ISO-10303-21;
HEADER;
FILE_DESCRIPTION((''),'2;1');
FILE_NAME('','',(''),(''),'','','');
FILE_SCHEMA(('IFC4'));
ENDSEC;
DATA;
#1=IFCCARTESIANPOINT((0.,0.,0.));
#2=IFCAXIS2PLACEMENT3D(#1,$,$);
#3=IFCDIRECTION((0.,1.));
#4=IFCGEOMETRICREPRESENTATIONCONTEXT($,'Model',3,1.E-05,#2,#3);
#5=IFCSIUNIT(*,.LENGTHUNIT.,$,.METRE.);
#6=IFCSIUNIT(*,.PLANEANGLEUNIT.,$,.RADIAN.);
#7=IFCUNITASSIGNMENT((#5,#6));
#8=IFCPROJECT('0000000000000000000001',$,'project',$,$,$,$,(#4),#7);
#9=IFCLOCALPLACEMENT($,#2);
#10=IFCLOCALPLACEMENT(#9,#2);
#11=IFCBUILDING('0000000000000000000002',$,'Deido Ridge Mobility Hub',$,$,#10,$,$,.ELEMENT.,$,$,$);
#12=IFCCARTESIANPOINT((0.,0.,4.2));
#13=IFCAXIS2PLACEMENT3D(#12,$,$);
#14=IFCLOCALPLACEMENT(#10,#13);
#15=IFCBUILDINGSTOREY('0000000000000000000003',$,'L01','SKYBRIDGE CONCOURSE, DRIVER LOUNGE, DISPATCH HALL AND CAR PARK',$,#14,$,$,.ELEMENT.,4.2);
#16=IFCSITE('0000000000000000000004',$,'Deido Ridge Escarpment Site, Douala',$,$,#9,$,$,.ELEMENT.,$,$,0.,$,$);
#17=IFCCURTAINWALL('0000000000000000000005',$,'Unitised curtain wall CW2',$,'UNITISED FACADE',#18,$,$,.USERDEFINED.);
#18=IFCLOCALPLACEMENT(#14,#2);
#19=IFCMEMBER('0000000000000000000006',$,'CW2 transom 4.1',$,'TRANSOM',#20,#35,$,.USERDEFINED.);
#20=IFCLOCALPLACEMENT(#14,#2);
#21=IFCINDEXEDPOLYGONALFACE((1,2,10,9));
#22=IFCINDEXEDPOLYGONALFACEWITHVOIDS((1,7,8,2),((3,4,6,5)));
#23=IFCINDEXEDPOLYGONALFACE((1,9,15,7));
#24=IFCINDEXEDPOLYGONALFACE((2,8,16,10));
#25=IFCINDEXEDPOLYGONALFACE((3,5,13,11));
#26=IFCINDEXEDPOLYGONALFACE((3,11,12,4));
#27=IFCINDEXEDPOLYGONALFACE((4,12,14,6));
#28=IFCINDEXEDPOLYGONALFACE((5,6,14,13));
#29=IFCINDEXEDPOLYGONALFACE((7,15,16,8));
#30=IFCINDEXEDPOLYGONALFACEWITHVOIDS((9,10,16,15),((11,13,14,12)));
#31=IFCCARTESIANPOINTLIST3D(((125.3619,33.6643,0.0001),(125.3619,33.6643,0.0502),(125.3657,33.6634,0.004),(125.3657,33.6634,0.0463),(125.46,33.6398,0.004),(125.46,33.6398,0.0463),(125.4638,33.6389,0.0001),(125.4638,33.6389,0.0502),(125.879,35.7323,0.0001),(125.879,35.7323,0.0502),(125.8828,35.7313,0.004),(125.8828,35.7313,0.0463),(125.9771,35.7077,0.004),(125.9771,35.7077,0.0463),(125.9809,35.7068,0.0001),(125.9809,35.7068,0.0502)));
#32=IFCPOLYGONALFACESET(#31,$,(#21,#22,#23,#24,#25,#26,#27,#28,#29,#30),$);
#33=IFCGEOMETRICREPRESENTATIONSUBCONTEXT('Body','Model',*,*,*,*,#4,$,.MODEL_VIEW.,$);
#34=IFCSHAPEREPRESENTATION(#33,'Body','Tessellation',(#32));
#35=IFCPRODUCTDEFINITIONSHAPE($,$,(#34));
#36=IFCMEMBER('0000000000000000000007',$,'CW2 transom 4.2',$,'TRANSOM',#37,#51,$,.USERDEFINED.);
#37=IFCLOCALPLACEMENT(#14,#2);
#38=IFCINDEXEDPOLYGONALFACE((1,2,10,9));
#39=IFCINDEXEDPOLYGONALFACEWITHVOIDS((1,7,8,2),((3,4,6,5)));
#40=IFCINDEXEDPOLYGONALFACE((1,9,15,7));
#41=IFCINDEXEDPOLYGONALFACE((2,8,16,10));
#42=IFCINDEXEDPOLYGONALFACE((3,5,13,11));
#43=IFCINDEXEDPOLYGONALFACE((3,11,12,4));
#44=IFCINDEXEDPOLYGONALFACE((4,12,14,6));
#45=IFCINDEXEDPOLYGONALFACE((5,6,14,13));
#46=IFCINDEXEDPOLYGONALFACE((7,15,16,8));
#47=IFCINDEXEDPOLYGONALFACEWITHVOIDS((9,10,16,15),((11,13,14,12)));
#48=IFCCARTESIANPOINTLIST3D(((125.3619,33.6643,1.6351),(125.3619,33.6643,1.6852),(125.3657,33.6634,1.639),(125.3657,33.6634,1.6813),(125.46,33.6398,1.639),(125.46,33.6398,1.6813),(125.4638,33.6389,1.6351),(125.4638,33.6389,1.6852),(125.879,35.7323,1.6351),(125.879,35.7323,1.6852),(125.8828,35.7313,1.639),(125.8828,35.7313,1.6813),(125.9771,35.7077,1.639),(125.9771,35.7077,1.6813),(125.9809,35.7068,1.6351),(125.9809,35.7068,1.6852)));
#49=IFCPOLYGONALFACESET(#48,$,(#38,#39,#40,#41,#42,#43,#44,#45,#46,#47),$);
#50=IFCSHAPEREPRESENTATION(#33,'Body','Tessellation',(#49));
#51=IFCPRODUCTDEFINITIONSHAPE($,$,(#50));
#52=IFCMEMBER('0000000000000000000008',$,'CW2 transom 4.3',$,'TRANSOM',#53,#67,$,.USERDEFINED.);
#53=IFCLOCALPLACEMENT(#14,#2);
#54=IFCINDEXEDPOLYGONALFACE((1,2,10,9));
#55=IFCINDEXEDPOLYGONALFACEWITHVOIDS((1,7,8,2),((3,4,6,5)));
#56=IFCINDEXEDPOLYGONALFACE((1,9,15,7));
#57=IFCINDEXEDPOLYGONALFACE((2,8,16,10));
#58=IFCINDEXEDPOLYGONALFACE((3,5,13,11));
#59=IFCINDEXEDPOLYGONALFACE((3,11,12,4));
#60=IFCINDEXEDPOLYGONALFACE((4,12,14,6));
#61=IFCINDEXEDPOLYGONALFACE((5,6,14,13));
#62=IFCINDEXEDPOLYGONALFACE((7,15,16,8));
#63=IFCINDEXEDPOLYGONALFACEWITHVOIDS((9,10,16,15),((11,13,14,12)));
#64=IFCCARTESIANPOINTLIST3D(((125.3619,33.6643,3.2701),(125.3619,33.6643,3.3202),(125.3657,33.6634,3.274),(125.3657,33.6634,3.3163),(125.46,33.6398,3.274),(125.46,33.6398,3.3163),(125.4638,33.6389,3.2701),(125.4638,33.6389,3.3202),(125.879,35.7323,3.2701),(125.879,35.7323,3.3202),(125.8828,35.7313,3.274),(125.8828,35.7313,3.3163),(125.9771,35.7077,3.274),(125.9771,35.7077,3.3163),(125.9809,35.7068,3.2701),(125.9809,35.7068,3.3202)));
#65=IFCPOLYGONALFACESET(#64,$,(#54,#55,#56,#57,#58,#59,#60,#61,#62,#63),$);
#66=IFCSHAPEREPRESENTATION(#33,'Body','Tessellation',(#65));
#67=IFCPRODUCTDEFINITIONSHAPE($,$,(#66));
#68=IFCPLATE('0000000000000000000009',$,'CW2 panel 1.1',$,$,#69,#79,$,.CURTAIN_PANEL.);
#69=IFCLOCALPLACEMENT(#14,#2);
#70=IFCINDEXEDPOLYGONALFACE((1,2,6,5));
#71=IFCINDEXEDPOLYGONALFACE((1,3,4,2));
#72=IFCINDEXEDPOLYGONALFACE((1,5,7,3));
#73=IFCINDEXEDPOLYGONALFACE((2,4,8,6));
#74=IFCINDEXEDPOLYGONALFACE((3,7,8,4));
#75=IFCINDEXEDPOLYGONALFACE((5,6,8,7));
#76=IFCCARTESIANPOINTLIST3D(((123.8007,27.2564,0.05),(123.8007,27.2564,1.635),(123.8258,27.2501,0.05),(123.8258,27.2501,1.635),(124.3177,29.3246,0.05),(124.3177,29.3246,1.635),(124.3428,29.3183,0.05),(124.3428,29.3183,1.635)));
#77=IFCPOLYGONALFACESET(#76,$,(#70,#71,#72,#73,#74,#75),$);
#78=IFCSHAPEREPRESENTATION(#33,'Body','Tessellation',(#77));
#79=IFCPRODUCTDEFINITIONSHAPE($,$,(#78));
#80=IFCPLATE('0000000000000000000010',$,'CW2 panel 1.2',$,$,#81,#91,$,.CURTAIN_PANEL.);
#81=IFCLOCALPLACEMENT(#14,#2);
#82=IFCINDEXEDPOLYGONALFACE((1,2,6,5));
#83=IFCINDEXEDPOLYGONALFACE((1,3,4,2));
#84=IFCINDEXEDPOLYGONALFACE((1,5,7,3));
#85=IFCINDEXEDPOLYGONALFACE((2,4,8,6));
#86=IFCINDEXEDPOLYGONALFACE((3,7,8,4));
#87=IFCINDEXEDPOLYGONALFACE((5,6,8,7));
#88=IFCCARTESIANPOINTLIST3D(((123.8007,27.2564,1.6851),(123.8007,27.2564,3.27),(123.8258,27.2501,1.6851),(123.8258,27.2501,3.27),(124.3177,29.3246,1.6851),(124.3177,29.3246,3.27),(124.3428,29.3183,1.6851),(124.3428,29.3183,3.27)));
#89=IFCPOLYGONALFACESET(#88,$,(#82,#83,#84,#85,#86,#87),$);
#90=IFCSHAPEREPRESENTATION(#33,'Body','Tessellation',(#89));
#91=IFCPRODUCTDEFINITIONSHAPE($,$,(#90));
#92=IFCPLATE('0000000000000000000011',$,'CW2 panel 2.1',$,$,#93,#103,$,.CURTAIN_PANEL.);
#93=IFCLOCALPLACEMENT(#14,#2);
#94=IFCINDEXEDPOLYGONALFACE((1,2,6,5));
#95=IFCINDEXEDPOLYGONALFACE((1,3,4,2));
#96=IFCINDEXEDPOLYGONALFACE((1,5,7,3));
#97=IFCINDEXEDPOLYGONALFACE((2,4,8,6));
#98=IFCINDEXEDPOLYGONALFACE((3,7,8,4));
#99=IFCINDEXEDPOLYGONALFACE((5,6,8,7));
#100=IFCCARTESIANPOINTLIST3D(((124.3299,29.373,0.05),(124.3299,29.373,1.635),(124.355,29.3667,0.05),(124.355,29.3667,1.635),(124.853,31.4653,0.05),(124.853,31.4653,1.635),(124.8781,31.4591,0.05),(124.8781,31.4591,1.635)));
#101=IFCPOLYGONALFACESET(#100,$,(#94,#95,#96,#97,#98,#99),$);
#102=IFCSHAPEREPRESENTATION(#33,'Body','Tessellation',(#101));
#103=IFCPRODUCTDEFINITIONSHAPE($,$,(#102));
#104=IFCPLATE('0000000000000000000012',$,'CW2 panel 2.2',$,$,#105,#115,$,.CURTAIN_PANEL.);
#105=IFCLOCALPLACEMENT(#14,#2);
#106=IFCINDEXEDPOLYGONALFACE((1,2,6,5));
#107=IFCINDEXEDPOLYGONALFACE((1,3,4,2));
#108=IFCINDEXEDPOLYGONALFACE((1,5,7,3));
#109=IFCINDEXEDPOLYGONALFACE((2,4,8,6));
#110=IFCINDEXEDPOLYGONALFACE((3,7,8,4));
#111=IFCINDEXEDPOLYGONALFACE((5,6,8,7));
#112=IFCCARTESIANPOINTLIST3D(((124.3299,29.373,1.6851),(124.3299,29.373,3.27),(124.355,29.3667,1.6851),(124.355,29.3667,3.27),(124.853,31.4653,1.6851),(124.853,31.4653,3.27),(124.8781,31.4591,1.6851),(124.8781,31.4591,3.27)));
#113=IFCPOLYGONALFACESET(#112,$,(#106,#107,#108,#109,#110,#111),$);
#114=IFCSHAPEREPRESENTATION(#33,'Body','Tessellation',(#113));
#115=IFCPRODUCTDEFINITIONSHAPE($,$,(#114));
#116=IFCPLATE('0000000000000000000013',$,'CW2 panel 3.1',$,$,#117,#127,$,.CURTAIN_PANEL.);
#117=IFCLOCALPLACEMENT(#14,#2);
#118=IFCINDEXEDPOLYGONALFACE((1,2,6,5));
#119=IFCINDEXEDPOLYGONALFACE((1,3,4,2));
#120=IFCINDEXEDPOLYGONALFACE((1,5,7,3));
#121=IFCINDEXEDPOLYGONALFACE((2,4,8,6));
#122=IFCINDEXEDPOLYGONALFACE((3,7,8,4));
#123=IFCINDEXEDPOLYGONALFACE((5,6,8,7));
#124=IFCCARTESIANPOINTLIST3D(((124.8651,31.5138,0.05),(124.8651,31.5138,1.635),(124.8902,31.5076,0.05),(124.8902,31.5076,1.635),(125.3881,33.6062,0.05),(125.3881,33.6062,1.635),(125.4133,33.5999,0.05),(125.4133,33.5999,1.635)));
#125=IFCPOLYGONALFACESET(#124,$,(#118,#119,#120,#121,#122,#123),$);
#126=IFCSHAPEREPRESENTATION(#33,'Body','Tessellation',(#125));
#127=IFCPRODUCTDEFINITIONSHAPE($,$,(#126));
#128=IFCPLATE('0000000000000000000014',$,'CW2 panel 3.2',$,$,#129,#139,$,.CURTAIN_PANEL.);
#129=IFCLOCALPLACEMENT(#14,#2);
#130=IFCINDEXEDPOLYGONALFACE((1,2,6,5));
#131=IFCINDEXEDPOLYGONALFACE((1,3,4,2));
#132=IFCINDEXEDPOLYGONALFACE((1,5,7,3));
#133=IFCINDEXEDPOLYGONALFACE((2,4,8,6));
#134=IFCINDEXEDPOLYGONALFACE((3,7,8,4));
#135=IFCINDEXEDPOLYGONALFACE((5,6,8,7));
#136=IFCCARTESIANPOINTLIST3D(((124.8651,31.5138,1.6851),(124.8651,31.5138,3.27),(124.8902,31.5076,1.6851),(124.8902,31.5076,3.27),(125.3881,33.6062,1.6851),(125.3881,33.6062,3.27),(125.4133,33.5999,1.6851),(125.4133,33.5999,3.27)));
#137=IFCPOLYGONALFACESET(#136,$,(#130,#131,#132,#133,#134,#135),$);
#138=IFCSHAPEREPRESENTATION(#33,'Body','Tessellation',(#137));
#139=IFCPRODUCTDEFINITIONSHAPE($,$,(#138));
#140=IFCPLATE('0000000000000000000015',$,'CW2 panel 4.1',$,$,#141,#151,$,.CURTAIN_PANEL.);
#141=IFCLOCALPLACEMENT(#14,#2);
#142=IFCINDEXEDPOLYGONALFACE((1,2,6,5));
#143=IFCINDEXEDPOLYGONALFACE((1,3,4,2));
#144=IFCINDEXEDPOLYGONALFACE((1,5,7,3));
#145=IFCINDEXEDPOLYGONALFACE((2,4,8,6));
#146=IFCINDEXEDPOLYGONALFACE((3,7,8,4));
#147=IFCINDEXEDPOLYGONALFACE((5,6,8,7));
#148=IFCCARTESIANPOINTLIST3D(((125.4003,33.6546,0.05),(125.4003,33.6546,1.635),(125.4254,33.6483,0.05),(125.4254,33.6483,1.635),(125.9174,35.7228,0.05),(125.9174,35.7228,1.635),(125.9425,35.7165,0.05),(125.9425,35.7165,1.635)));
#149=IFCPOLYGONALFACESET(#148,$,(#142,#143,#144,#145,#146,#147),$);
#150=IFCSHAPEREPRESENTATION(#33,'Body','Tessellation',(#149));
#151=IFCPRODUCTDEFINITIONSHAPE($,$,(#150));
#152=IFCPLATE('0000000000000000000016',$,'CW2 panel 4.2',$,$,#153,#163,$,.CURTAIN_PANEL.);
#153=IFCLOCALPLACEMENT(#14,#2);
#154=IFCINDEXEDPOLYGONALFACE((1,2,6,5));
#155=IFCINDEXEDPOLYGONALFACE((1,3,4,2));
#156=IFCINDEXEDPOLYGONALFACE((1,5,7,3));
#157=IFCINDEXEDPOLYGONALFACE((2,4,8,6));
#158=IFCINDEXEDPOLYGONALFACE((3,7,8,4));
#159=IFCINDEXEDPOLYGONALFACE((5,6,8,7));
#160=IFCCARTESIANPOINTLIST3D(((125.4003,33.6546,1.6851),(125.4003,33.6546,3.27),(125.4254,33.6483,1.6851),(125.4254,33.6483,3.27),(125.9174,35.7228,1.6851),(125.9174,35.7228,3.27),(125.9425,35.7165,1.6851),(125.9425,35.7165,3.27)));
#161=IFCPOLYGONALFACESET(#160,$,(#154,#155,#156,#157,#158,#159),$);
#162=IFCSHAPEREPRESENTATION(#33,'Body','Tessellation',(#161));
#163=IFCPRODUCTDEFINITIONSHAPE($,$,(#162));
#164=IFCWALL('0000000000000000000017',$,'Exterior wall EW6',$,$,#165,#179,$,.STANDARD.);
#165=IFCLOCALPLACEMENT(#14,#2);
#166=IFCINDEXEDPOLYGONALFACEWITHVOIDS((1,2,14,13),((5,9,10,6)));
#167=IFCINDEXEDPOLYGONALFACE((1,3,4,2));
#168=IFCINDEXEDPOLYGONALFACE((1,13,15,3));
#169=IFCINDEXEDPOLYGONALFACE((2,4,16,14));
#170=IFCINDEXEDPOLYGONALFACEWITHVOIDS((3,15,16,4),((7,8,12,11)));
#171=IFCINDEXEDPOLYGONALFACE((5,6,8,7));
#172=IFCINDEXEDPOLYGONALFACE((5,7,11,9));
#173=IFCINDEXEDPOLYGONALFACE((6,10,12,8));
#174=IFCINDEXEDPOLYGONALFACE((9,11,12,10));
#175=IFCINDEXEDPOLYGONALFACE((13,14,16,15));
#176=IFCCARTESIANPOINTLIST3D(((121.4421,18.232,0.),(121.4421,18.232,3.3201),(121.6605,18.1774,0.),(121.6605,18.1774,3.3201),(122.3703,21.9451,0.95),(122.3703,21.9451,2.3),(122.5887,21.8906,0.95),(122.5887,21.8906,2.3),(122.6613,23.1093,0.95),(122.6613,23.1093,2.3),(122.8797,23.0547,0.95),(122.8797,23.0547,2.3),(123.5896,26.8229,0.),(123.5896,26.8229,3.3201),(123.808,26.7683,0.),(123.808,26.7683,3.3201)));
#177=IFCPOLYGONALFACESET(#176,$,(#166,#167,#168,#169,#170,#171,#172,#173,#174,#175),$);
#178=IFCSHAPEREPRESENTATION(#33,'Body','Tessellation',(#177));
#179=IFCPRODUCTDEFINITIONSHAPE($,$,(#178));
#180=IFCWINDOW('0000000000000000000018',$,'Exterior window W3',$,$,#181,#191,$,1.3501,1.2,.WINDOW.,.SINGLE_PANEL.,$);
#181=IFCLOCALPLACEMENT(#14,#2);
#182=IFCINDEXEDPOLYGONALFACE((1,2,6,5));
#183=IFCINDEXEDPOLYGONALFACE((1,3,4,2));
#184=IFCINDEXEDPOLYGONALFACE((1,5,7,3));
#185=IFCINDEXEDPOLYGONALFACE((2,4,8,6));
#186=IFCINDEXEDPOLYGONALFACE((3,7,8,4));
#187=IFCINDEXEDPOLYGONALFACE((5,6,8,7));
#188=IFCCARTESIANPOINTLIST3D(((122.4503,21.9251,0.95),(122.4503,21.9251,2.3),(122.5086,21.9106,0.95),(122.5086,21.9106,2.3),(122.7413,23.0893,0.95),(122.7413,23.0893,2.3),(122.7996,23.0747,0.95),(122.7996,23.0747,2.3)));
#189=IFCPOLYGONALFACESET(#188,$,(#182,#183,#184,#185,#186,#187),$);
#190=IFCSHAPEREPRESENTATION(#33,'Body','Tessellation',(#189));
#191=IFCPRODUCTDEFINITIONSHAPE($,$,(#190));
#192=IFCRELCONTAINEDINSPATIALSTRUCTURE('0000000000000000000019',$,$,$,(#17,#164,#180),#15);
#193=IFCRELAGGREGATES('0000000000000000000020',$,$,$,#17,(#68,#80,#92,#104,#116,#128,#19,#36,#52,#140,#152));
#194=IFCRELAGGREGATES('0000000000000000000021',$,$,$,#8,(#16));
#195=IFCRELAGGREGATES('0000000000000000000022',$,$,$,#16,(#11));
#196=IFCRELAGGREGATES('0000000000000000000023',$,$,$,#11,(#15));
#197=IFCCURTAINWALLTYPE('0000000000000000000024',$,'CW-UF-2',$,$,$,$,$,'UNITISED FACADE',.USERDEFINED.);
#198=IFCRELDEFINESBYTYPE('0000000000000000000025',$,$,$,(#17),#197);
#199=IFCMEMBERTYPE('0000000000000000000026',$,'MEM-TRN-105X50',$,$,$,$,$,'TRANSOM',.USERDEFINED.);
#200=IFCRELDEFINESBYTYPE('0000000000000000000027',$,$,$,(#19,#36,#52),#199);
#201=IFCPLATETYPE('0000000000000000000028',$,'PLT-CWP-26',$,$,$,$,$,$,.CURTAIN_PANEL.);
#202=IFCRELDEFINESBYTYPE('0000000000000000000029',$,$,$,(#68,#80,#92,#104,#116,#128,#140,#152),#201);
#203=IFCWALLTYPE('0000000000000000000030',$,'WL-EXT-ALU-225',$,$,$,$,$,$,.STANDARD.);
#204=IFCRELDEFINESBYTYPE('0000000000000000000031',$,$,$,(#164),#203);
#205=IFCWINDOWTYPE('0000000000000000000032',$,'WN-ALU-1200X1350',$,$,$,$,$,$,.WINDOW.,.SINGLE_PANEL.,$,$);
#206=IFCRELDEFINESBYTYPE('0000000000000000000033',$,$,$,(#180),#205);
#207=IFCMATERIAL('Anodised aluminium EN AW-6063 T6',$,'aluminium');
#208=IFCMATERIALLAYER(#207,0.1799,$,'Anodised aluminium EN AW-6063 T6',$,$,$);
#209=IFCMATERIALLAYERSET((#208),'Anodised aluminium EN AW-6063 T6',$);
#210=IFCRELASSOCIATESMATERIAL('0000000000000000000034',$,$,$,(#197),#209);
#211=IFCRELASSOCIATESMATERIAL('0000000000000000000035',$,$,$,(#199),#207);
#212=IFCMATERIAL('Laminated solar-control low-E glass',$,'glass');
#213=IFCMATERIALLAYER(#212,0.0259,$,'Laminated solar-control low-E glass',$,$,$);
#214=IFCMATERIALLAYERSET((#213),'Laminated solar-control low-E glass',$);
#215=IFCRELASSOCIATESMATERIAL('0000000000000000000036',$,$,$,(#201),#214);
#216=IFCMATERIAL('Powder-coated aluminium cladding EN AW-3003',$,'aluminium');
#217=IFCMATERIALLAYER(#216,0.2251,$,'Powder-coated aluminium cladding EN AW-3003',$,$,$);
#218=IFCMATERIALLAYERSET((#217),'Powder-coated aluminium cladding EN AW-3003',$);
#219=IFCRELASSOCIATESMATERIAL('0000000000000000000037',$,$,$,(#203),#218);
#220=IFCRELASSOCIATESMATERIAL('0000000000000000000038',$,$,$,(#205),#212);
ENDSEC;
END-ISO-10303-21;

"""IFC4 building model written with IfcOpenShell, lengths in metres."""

from ifc_helpers import new_model, si_unit, direction, frame, frame_2d, origin, origin_2d, place, context, subcontext, project, spatial, rectangle, hollow_rectangle, extrude, material, layer, layer_set, material_profile, profile_set, type_object, element, fill, aggregate, save


model = new_model("IFC4")

# Units and contexts
model_context = context("Model", 3, precision=1e-05, world=origin(), true_north=direction((0.0, 1.0)))
body_context = subcontext(model_context, "Body", "Model", "MODEL_VIEW")
ifc_project = project(units=[si_unit("LENGTHUNIT", "METRE"), si_unit("PLANEANGLEUNIT", "RADIAN")], contexts=[model_context])

# Site, building, storey
site_placement = place(None, origin())
site = spatial("IfcSite", under=ifc_project, at=site_placement, Name="Deido Ridge Escarpment Site, Douala", CompositionType="ELEMENT", RefElevation=0.0)
building_placement = place(site_placement, origin())
building = spatial("IfcBuilding", under=site, at=building_placement, Name="Deido Ridge Mobility Hub", CompositionType="ELEMENT")
storey_placement = place(building_placement, frame((0.0, 0.0, 4.2)))
storey = spatial("IfcBuildingStorey", under=building, at=storey_placement, Name="L01", Description="SKYBRIDGE CONCOURSE, DRIVER LOUNGE, DISPATCH HALL AND CAR PARK", CompositionType="ELEMENT", Elevation=4.2)

# Curtain wall, members, plates
ifc_material_1 = material(Name="Anodised aluminium EN AW-6063 T6", Category="aluminium")
ifc_layer_1 = layer(ifc_material_1, 0.1799, Name="Anodised aluminium EN AW-6063 T6")
ifc_layer_set_1 = layer_set([ifc_layer_1], Name="Anodised aluminium EN AW-6063 T6")
curtain_wall_type = type_object("IfcCurtainWallType", Name="CW-UF-2", ElementType="UNITISED FACADE", PredefinedType="USERDEFINED", material=ifc_layer_set_1)
curtain_wall_placement = place(storey_placement, origin())
curtain_wall = element("IfcCurtainWall", 1, at=curtain_wall_placement, inside=storey, type_object=curtain_wall_type, Name="Unitised curtain wall CW2", ObjectType="UNITISED FACADE", PredefinedType="USERDEFINED")
ifc_material_profile_1 = material_profile(ifc_material_1, hollow_rectangle(XDim=0.105, YDim=0.05, WallThickness=0.0039, at=origin_2d()), Name="RHS 105x50x4")
ifc_profile_set_1 = profile_set([ifc_material_profile_1], Name="Anodised aluminium EN AW-6063 T6")
member_type_1 = type_object("IfcMemberType", Name="MEM-TRN-105X50", ElementType="TRANSOM", PredefinedType="USERDEFINED", material=ifc_profile_set_1)
member_1_placement = place(storey_placement, frame((125.4128, 33.6516, 0.0251), z_axis=(0.24259, 0.970129, 0.0), x_axis=(-0.970129, 0.24259, 0.0)))
member_1 = element("IfcMember", 2, at=member_1_placement, type_object=member_type_1, Name="CW2 transom 4.1", ObjectType="TRANSOM", PredefinedType="USERDEFINED", context=body_context, shape_type="SweptSolid", body=[
    extrude(hollow_rectangle(XDim=0.105, YDim=0.05, WallThickness=0.0039, at=origin_2d()), origin(), (0.0, 0.0, 1.0), 2.1316),
])
member_2_placement = place(storey_placement, frame((125.4128, 33.6516, 1.6602), z_axis=(0.24259, 0.970129, 0.0), x_axis=(-0.970129, 0.24259, 0.0)))
member_2 = element("IfcMember", 3, at=member_2_placement, type_object=member_type_1, Name="CW2 transom 4.2", ObjectType="TRANSOM", PredefinedType="USERDEFINED", context=body_context, shape_type="SweptSolid", body=[
    extrude(hollow_rectangle(XDim=0.105, YDim=0.05, WallThickness=0.0039, at=origin_2d()), origin(), (0.0, 0.0, 1.0), 2.1316),
])
member_3_placement = place(storey_placement, frame((125.4128, 33.6516, 3.2952), z_axis=(0.24259, 0.970129, 0.0), x_axis=(-0.970129, 0.24259, 0.0)))
member_3 = element("IfcMember", 4, at=member_3_placement, type_object=member_type_1, Name="CW2 transom 4.3", ObjectType="TRANSOM", PredefinedType="USERDEFINED", context=body_context, shape_type="SweptSolid", body=[
    extrude(hollow_rectangle(XDim=0.105, YDim=0.05, WallThickness=0.0039, at=origin_2d()), origin(), (0.0, 0.0, 1.0), 2.1316),
])
ifc_material_2 = material(Name="Laminated solar-control low-E glass", Category="glass")
ifc_layer_2 = layer(ifc_material_2, 0.0259, Name="Laminated solar-control low-E glass")
ifc_layer_set_2 = layer_set([ifc_layer_2], Name="Laminated solar-control low-E glass")
plate_type = type_object("IfcPlateType", Name="PLT-CWP-26", PredefinedType="CURTAIN_PANEL", material=ifc_layer_set_2)
plate_1_placement = place(storey_placement, frame((124.0718, 28.2874, 0.05), z_axis=(0.0, 0.0, 1.0), x_axis=(0.24253, 0.970144, 0.0)))
plate_1 = element("IfcPlate", 5, at=plate_1_placement, type_object=plate_type, Name="CW2 panel 1.1", PredefinedType="CURTAIN_PANEL", context=body_context, shape_type="SweptSolid", body=[
    extrude(rectangle(XDim=2.1318, YDim=0.0259, at=origin_2d()), origin(), (0.0, 0.0, 1.0), 1.585),
])
plate_2_placement = place(storey_placement, frame((124.0718, 28.2874, 1.6851), z_axis=(0.0, 0.0, 1.0), x_axis=(0.24253, 0.970144, 0.0)))
plate_2 = element("IfcPlate", 6, at=plate_2_placement, type_object=plate_type, Name="CW2 panel 1.2", PredefinedType="CURTAIN_PANEL", context=body_context, shape_type="SweptSolid", body=[
    extrude(rectangle(XDim=2.1318, YDim=0.0259, at=origin_2d()), origin(), (0.0, 0.0, 1.0), 1.585),
])
plate_3_placement = place(storey_placement, frame((124.604, 30.416, 0.05), z_axis=(0.0, 0.0, 1.0), x_axis=(0.24253, 0.970144, 0.0)))
plate_3 = element("IfcPlate", 7, at=plate_3_placement, type_object=plate_type, Name="CW2 panel 2.1", PredefinedType="CURTAIN_PANEL", context=body_context, shape_type="SweptSolid", body=[
    extrude(rectangle(XDim=2.1567, YDim=0.0259, at=origin_2d()), origin(), (0.0, 0.0, 1.0), 1.585),
])
plate_4_placement = place(storey_placement, frame((124.604, 30.416, 1.6851), z_axis=(0.0, 0.0, 1.0), x_axis=(0.24253, 0.970144, 0.0)))
plate_4 = element("IfcPlate", 8, at=plate_4_placement, type_object=plate_type, Name="CW2 panel 2.2", PredefinedType="CURTAIN_PANEL", context=body_context, shape_type="SweptSolid", body=[
    extrude(rectangle(XDim=2.1567, YDim=0.0259, at=origin_2d()), origin(), (0.0, 0.0, 1.0), 1.585),
])
plate_5_placement = place(storey_placement, frame((125.1392, 32.5569, 0.05), z_axis=(0.0, 0.0, 1.0), x_axis=(0.24253, 0.970144, 0.0)))
plate_5 = element("IfcPlate", 9, at=plate_5_placement, type_object=plate_type, Name="CW2 panel 3.1", PredefinedType="CURTAIN_PANEL", context=body_context, shape_type="SweptSolid", body=[
    extrude(rectangle(XDim=2.1567, YDim=0.0259, at=origin_2d()), origin(), (0.0, 0.0, 1.0), 1.585),
])
plate_6_placement = place(storey_placement, frame((125.1392, 32.5569, 1.6851), z_axis=(0.0, 0.0, 1.0), x_axis=(0.24253, 0.970144, 0.0)))
plate_6 = element("IfcPlate", 10, at=plate_6_placement, type_object=plate_type, Name="CW2 panel 3.2", PredefinedType="CURTAIN_PANEL", context=body_context, shape_type="SweptSolid", body=[
    extrude(rectangle(XDim=2.1567, YDim=0.0259, at=origin_2d()), origin(), (0.0, 0.0, 1.0), 1.585),
])
plate_7_placement = place(storey_placement, frame((125.6714, 34.6855, 0.05), z_axis=(0.0, 0.0, 1.0), x_axis=(0.24253, 0.970144, 0.0)))
plate_7 = element("IfcPlate", 11, at=plate_7_placement, type_object=plate_type, Name="CW2 panel 4.1", PredefinedType="CURTAIN_PANEL", context=body_context, shape_type="SweptSolid", body=[
    extrude(rectangle(XDim=2.1318, YDim=0.0259, at=origin_2d()), origin(), (0.0, 0.0, 1.0), 1.585),
])
plate_8_placement = place(storey_placement, frame((125.6714, 34.6855, 1.6851), z_axis=(0.0, 0.0, 1.0), x_axis=(0.24253, 0.970144, 0.0)))
plate_8 = element("IfcPlate", 12, at=plate_8_placement, type_object=plate_type, Name="CW2 panel 4.2", PredefinedType="CURTAIN_PANEL", context=body_context, shape_type="SweptSolid", body=[
    extrude(rectangle(XDim=2.1318, YDim=0.0259, at=origin_2d()), origin(), (0.0, 0.0, 1.0), 1.585),
])
aggregate(curtain_wall, [plate_1, plate_2, plate_3, plate_4, plate_5, plate_6, member_1, member_2, member_3, plate_7, plate_8])

# Wall, opening, window
ifc_material_3 = material(Name="Powder-coated aluminium cladding EN AW-3003", Category="aluminium")
ifc_layer_3 = layer(ifc_material_3, 0.2251, Name="Powder-coated aluminium cladding EN AW-3003")
ifc_layer_set_3 = layer_set([ifc_layer_3], Name="Powder-coated aluminium cladding EN AW-3003")
wall_type_1 = type_object("IfcWallType", Name="WL-EXT-ALU-225", PredefinedType="STANDARD", material=ifc_layer_set_3)
wall_1_placement = place(storey_placement, frame((121.5513, 18.2046, 0.0), z_axis=(0.0, 0.0, 1.0), x_axis=(0.24251, 0.970149, 0.0)))
wall_1 = element("IfcWall", 13, at=wall_1_placement, inside=storey, type_object=wall_type_1, Name="Exterior wall EW6", PredefinedType="STANDARD", context=body_context, shape_type="SweptSolid", body=[
    extrude(rectangle(XDim=8.8552, YDim=0.2251, at=frame_2d((4.4277, 0.0))), origin(), (0.0, 0.0, 1.0), 3.3201),
])
opening_placement = place(wall_1_placement, frame((3.8274, 0.0, 0.95)))
opening = element("IfcOpeningElement", 14, at=opening_placement, cuts=wall_1, PredefinedType="OPENING", context=body_context, shape_type="SweptSolid", body=[
    extrude(rectangle(XDim=1.2, YDim=1.3501, at=frame_2d((0.6001, 0.675))), frame((0.0, 0.1226, 0.0), z_axis=(0.0, -1.0, 0.0), x_axis=(1.0, 0.0, 0.0)), (0.0, 0.0, 1.0), 0.2451),
])
window_type = type_object("IfcWindowType", Name="WN-ALU-1200X1350", PartitioningType="SINGLE_PANEL", PredefinedType="WINDOW", material=ifc_material_2)
window_placement = place(opening_placement, origin())
window = element("IfcWindow", 15, at=window_placement, inside=storey, type_object=window_type, Name="Exterior window W3", OverallHeight=1.3501, OverallWidth=1.2, PartitioningType="SINGLE_PANEL", PredefinedType="WINDOW", context=body_context, shape_type="SweptSolid", body=[
    extrude(rectangle(XDim=1.2, YDim=1.3501, at=frame_2d((0.6001, 0.675))), frame((0.0, 0.03, 0.0), z_axis=(0.0, -1.0, 0.0), x_axis=(1.0, 0.0, 0.0)), (0.0, 0.0, 1.0), 0.0601),
])
fill(opening, window)

save(model, "model.ifc")
